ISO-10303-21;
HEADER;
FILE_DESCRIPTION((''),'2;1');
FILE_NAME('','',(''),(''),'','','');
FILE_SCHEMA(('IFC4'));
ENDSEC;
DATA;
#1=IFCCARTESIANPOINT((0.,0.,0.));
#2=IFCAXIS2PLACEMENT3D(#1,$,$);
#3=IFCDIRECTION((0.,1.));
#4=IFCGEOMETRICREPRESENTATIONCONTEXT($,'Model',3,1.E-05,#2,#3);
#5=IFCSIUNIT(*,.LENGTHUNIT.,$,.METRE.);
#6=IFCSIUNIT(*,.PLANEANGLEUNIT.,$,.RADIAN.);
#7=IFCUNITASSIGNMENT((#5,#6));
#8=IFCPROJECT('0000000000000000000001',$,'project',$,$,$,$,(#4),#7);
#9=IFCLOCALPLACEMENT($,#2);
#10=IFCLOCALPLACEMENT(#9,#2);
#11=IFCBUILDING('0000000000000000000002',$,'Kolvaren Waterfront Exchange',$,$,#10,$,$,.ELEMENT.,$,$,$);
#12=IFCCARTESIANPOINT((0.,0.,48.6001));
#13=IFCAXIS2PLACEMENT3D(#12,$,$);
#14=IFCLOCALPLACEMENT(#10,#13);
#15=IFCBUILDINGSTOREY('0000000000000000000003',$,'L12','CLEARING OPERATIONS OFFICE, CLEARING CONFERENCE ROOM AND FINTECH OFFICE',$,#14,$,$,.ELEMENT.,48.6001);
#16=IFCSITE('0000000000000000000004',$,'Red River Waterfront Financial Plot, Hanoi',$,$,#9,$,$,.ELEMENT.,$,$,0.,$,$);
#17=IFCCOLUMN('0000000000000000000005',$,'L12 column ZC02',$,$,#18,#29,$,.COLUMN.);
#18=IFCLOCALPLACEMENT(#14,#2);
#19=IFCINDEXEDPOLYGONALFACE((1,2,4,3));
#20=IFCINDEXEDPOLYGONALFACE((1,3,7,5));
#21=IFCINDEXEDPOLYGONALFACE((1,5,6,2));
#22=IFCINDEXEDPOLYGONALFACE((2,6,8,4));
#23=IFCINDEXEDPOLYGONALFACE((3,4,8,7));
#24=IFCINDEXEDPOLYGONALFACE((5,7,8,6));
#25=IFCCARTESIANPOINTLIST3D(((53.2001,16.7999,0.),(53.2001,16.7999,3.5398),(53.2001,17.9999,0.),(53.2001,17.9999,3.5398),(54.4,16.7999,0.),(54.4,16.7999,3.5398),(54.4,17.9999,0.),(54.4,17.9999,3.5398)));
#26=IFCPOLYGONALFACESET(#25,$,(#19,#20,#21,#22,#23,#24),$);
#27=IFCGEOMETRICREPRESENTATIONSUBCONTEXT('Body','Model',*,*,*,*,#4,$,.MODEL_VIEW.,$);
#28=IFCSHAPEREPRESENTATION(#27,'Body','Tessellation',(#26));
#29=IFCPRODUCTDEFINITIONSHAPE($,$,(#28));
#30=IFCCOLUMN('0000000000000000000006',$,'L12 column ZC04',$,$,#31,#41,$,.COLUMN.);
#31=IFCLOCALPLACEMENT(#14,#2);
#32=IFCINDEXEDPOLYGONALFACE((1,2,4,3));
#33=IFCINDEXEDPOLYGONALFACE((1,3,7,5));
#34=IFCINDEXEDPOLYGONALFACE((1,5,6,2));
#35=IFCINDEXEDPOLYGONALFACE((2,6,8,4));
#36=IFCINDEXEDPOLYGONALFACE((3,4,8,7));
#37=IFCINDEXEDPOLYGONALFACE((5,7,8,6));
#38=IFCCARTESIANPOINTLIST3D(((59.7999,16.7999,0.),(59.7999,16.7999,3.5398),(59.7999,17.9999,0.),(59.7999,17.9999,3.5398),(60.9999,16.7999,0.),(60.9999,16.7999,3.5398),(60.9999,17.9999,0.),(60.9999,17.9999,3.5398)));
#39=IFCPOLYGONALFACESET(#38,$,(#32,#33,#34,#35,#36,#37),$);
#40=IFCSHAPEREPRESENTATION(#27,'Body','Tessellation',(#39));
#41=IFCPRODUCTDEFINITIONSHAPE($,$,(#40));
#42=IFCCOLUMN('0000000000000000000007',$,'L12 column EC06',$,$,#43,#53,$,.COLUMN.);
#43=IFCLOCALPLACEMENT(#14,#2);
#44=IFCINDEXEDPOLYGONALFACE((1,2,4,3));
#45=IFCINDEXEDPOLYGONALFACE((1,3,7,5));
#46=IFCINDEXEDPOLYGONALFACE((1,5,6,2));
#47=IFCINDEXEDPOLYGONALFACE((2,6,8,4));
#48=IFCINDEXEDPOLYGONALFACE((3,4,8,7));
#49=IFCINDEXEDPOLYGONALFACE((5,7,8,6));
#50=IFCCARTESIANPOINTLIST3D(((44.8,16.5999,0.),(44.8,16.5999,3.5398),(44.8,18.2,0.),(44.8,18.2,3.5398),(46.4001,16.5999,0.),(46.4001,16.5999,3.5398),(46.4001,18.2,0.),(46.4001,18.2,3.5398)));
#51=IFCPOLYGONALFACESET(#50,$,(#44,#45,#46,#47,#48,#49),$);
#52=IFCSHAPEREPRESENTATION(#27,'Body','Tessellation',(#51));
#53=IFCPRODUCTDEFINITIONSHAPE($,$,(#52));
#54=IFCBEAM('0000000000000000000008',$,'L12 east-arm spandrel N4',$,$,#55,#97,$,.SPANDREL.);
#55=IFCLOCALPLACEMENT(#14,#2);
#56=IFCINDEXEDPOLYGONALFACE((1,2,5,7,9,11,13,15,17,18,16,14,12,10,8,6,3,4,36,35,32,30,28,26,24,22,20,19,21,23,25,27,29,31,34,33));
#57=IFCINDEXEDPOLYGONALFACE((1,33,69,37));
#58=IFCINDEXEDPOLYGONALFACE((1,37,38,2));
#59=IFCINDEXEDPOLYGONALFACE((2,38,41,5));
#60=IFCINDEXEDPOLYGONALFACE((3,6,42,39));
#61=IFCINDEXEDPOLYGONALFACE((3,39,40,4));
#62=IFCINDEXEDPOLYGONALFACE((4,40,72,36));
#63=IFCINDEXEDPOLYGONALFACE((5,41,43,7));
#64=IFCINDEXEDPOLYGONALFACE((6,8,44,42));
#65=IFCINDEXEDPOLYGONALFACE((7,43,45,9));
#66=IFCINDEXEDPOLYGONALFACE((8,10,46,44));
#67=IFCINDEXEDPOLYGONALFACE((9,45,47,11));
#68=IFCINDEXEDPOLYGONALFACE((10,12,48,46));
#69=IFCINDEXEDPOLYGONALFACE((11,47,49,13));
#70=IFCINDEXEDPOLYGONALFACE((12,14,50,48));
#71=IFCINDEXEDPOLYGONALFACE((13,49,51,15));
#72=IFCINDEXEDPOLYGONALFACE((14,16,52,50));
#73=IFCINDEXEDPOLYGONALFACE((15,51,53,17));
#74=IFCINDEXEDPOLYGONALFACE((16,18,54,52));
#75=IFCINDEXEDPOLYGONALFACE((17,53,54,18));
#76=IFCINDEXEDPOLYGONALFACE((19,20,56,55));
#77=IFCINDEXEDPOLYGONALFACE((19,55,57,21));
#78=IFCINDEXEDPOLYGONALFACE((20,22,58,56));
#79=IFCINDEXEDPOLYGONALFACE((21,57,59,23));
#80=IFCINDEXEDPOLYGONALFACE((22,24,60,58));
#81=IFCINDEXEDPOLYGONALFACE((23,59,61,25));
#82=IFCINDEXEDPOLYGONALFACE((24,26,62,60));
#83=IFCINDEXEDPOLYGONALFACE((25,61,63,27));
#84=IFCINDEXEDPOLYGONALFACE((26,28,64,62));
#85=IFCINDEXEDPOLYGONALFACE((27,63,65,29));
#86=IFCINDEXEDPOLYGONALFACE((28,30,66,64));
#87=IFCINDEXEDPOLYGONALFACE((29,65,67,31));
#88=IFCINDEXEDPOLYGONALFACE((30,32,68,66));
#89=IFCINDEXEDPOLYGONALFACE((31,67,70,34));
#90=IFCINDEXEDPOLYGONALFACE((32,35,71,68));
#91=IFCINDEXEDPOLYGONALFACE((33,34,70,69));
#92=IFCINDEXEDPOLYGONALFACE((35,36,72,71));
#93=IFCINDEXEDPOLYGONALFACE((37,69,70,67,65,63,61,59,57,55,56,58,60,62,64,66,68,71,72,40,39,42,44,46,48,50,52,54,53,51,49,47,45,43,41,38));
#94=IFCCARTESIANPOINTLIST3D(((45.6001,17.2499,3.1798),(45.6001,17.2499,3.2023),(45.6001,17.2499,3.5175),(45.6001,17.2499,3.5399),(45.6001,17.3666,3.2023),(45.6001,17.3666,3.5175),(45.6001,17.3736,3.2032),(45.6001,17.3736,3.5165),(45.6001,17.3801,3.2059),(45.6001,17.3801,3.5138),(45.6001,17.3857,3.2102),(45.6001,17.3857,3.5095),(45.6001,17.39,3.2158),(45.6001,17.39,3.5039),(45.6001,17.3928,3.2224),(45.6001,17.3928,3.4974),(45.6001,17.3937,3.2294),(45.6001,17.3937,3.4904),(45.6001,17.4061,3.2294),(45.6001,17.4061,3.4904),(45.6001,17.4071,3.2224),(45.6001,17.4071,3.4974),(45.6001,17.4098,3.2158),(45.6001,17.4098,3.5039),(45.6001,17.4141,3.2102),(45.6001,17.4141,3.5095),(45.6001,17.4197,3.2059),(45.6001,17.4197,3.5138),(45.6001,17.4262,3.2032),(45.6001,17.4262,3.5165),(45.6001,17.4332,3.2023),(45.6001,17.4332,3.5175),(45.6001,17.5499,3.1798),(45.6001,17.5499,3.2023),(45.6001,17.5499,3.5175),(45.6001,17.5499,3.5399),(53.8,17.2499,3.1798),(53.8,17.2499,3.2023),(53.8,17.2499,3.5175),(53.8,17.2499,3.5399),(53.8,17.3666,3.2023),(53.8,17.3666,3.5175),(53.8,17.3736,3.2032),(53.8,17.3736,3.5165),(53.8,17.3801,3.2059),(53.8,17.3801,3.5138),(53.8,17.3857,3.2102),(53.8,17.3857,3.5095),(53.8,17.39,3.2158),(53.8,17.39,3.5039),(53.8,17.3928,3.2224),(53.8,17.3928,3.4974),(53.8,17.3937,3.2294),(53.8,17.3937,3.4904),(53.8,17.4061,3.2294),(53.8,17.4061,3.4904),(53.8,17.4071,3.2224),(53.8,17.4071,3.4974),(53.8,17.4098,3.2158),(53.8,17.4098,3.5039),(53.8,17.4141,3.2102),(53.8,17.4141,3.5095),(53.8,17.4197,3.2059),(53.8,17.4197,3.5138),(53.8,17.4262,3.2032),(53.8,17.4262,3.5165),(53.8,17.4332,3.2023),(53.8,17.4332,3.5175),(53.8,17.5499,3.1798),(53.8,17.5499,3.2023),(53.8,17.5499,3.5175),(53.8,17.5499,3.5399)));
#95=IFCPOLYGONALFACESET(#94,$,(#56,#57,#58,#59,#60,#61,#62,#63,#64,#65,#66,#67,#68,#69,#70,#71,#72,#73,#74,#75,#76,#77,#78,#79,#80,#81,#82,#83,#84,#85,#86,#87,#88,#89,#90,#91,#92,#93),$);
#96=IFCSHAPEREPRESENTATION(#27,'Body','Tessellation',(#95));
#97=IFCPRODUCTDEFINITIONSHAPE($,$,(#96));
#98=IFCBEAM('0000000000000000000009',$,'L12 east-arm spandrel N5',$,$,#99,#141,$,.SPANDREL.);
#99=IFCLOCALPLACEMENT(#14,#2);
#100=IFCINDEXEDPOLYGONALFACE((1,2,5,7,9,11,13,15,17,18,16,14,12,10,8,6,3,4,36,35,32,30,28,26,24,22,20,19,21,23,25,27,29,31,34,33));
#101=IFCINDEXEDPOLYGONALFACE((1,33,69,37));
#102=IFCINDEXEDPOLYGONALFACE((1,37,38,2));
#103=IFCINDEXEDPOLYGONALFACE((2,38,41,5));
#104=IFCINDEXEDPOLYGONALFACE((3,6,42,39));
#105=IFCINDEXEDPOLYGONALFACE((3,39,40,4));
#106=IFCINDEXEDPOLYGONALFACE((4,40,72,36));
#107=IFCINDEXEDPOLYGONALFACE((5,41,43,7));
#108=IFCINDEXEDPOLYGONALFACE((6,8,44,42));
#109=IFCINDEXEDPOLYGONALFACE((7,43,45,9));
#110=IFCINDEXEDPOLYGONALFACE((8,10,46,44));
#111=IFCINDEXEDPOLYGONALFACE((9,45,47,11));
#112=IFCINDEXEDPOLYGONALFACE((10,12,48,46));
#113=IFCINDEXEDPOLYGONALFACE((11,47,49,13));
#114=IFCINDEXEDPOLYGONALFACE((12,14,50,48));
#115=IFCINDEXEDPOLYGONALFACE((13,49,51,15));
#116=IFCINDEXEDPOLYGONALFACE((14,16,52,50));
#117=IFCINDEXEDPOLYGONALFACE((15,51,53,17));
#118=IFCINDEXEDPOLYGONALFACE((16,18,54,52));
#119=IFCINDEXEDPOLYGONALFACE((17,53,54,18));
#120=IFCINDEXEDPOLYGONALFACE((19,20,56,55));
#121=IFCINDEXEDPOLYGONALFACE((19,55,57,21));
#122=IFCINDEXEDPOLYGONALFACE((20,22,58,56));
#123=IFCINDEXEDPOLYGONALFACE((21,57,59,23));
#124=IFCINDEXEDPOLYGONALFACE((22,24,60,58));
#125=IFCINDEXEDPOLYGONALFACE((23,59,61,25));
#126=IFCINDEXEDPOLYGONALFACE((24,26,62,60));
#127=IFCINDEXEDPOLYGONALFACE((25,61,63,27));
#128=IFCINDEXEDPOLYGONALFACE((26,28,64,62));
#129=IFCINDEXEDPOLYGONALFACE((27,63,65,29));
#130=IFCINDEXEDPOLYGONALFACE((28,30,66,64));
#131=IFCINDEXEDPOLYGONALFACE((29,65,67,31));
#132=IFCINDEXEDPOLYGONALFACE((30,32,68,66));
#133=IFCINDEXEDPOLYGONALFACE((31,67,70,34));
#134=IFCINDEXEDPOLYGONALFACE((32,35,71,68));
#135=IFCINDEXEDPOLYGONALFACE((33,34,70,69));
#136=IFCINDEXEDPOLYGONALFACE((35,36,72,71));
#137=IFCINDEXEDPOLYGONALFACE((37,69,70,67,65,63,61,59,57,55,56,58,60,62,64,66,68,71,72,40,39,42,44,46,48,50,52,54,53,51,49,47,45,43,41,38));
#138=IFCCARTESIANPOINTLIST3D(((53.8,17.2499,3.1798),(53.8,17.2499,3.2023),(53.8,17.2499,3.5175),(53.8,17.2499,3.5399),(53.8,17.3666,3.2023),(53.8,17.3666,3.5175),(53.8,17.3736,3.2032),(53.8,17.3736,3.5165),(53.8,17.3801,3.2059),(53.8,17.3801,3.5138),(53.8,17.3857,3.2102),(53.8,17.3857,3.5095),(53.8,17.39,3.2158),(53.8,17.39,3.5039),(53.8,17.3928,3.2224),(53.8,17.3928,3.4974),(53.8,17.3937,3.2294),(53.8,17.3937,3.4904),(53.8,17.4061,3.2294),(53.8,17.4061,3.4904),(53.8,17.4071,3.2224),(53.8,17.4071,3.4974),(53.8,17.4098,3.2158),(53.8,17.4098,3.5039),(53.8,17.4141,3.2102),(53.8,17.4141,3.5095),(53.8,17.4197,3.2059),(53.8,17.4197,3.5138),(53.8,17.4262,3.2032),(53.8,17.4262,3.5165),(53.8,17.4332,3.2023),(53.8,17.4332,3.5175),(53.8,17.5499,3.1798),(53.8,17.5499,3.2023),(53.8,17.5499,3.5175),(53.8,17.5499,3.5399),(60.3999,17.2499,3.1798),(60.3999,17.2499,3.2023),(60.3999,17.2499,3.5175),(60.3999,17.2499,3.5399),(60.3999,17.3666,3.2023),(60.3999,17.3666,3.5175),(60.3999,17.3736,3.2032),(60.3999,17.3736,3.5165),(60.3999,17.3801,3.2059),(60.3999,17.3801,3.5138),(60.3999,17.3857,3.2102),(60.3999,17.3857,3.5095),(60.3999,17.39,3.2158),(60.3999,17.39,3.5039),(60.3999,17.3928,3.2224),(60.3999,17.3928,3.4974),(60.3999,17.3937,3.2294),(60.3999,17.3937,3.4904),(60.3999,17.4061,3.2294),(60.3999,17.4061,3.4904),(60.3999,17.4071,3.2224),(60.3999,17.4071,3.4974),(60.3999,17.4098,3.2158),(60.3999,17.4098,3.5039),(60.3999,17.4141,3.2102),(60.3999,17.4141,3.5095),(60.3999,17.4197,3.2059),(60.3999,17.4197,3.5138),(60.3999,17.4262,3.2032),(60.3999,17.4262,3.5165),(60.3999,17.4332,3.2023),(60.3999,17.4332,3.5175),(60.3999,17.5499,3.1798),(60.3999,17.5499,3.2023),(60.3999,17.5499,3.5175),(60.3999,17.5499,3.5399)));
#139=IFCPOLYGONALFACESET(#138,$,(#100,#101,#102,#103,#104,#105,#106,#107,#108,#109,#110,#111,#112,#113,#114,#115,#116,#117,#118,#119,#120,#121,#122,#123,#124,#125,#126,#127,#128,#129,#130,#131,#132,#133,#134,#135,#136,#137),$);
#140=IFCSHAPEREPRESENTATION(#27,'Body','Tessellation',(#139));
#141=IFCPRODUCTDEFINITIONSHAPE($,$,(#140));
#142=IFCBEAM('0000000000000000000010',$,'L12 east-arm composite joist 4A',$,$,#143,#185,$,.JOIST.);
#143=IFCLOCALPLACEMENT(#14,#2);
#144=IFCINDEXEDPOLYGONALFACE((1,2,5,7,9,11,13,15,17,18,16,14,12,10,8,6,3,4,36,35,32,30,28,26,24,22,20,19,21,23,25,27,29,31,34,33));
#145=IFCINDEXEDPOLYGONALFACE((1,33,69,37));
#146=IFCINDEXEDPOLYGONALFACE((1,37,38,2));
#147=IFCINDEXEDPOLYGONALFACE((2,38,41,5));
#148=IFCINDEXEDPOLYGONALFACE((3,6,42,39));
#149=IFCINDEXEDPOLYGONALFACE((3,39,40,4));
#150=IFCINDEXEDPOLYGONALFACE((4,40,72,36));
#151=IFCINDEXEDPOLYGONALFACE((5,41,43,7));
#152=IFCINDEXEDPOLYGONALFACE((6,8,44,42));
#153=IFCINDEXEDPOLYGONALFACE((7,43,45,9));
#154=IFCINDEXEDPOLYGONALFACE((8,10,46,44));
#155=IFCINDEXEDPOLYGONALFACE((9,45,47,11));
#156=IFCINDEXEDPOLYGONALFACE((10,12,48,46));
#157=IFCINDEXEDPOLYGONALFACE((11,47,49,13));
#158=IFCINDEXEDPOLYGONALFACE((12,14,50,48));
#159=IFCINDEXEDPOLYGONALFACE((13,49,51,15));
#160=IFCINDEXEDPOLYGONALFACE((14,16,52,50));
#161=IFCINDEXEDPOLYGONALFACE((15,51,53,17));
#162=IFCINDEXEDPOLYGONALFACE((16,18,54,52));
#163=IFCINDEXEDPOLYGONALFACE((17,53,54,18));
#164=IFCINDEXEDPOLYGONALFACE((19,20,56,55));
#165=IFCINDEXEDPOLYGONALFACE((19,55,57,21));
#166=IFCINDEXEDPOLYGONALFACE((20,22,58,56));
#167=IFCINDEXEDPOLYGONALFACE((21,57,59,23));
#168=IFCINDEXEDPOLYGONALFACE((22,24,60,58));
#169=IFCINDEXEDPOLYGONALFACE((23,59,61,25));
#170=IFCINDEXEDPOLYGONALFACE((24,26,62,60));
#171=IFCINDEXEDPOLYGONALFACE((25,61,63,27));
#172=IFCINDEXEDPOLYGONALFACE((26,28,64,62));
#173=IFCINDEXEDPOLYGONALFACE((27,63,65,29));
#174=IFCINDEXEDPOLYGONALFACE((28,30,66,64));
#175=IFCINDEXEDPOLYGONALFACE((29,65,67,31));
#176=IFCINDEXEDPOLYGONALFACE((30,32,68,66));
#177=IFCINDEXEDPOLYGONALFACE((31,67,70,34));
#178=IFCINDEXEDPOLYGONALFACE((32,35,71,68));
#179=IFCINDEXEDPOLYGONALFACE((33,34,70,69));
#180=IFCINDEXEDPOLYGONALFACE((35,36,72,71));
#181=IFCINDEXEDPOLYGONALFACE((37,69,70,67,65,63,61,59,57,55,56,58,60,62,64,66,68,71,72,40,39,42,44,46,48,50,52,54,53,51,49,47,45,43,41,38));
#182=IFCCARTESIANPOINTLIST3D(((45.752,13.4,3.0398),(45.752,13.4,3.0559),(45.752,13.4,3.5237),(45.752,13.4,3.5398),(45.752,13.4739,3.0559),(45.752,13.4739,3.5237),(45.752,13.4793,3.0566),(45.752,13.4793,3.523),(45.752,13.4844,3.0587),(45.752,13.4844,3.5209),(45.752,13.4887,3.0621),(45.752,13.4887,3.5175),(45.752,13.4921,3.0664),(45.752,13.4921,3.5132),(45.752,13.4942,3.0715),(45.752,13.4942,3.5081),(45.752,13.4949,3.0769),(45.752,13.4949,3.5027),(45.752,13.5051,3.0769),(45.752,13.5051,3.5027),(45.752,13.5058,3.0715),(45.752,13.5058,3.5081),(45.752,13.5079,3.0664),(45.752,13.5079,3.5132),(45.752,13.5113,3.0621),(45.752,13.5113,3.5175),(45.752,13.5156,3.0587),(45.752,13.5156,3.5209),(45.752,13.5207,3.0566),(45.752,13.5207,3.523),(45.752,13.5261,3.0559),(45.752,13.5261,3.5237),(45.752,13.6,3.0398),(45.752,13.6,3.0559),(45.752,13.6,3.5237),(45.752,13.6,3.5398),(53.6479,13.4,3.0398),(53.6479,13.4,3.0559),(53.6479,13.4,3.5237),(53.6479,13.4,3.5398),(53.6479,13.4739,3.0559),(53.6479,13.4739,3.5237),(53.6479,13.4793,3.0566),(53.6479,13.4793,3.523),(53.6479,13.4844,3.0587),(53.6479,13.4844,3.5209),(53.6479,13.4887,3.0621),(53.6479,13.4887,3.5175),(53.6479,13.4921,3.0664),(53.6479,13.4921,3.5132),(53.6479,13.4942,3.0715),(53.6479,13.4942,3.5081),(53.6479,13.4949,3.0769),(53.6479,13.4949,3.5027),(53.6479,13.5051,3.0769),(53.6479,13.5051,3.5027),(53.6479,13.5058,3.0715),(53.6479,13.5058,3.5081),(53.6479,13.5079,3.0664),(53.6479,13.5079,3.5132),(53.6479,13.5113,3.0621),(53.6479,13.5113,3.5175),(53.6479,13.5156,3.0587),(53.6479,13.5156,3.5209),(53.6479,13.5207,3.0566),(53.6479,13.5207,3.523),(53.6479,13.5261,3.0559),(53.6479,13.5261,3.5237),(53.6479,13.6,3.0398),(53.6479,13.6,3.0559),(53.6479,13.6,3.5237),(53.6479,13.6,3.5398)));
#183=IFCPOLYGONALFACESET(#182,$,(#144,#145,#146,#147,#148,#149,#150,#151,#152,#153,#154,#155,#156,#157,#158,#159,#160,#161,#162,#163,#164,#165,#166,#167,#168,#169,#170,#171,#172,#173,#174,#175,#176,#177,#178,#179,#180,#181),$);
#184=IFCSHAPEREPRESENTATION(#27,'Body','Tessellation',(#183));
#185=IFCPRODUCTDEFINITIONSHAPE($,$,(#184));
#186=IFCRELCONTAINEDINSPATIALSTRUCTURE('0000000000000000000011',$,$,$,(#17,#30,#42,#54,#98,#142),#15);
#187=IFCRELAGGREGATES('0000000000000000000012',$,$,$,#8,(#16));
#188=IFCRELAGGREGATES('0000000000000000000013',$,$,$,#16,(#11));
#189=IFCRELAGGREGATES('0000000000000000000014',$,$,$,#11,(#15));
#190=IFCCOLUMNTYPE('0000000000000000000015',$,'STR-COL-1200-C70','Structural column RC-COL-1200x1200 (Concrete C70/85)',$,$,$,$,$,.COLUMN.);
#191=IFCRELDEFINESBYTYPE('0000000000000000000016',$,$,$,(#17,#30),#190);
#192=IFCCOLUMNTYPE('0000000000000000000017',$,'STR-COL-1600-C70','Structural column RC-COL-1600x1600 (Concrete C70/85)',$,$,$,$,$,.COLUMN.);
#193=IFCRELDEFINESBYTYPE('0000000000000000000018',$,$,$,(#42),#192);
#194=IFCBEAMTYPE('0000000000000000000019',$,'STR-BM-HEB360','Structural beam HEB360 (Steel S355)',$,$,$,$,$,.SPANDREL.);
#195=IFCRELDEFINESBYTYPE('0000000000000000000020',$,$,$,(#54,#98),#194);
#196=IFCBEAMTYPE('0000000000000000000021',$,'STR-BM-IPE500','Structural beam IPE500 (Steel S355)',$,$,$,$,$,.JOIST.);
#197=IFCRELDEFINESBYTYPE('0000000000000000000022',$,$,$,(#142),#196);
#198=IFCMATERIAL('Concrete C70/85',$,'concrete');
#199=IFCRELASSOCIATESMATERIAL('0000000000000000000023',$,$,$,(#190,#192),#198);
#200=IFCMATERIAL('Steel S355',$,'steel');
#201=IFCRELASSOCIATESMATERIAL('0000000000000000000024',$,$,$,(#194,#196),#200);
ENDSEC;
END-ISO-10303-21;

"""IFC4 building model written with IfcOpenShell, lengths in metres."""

from ifc_helpers import new_model, si_unit, direction, frame, origin, origin_2d, place, context, subcontext, project, spatial, rectangle, i_section, extrude, material, material_profile, profile_set, type_object, element, save


model = new_model("IFC4")

# Units and contexts
model_context = context("Model", 3, precision=1e-05, world=origin(), true_north=direction((0.0, 1.0)))
body_context = subcontext(model_context, "Body", "Model", "MODEL_VIEW")
ifc_project = project(units=[si_unit("LENGTHUNIT", "METRE"), si_unit("PLANEANGLEUNIT", "RADIAN")], contexts=[model_context])

# Site, building, storey
site_placement = place(None, origin())
site = spatial("IfcSite", under=ifc_project, at=site_placement, Name="Red River Waterfront Financial Plot, Hanoi", CompositionType="ELEMENT", RefElevation=0.0)
building_placement = place(site_placement, origin())
building = spatial("IfcBuilding", under=site, at=building_placement, Name="Kolvaren Waterfront Exchange", CompositionType="ELEMENT")
storey_placement = place(building_placement, frame((0.0, 0.0, 48.6001)))
storey = spatial("IfcBuildingStorey", under=building, at=storey_placement, Name="L12", Description="CLEARING OPERATIONS OFFICE, CLEARING CONFERENCE ROOM AND FINTECH OFFICE", CompositionType="ELEMENT", Elevation=48.6001)

# Columns
ifc_material_1 = material(Name="Concrete C70/85", Category="concrete")
ifc_material_profile_1 = material_profile(ifc_material_1, rectangle(XDim=1.2, YDim=1.2, at=origin_2d()), Name="RC-COL-1200x1200")
ifc_profile_set_1 = profile_set([ifc_material_profile_1], Name="Concrete C70/85")
column_type_1 = type_object("IfcColumnType", Name="STR-COL-1200-C70", Description="Structural column RC-COL-1200x1200 (Concrete C70/85)", PredefinedType="COLUMN", material=ifc_profile_set_1)
for number, where, z_axis, x_axis, name in (
    (1, (53.8, 17.3999, 0.0), (0.0, 0.0, 1.0), (1.0, 0.0, 0.0), "L12 column ZC02"),
    (2, (60.3999, 17.3999, 0.0), (0.0, 0.0, 1.0), (1.0, 0.0, 0.0), "L12 column ZC04"),
):
    element("IfcColumn", number, at=place(storey_placement, frame(where, z_axis=z_axis, x_axis=x_axis)), inside=storey, type_object=column_type_1, Name=name, PredefinedType="COLUMN", context=body_context, shape_type="SweptSolid", body=[
        extrude(rectangle(XDim=1.2, YDim=1.2, at=origin_2d()), origin(), (0.0, 0.0, 1.0), 3.5398),
    ])
ifc_material_profile_2 = material_profile(ifc_material_1, rectangle(XDim=1.6001, YDim=1.6001, at=origin_2d()), Name="RC-COL-1600x1600")
ifc_profile_set_2 = profile_set([ifc_material_profile_2], Name="Concrete C70/85")
column_type_2 = type_object("IfcColumnType", Name="STR-COL-1600-C70", Description="Structural column RC-COL-1600x1600 (Concrete C70/85)", PredefinedType="COLUMN", material=ifc_profile_set_2)
column_placement = place(storey_placement, frame((45.6001, 17.3999, 0.0), z_axis=(0.0, 0.0, 1.0), x_axis=(1.0, 0.0, 0.0)))
element("IfcColumn", 3, at=column_placement, inside=storey, type_object=column_type_2, Name="L12 column EC06", PredefinedType="COLUMN", context=body_context, shape_type="SweptSolid", body=[
    extrude(rectangle(XDim=1.6001, YDim=1.6001, at=origin_2d()), origin(), (0.0, 0.0, 1.0), 3.5398),
])

# Beams
ifc_material_2 = material(Name="Steel S355", Category="steel")
ifc_material_profile_3 = material_profile(ifc_material_2, i_section(OverallWidth=0.3, OverallDepth=0.3601, WebThickness=0.0125, FlangeThickness=0.0225, FilletRadius=0.0271, at=origin_2d()), Name="HEB360")
ifc_profile_set_3 = profile_set([ifc_material_profile_3], Name="Steel S355")
beam_type_1 = type_object("IfcBeamType", Name="STR-BM-HEB360", Description="Structural beam HEB360 (Steel S355)", PredefinedType="SPANDREL", material=ifc_profile_set_3)
beam_1_placement = place(storey_placement, frame((45.6001, 17.3999, 3.3599), z_axis=(1.0, 0.0, 0.0), x_axis=(0.0, 1.0, 0.0)))
element("IfcBeam", 4, at=beam_1_placement, inside=storey, type_object=beam_type_1, Name="L12 east-arm spandrel N4", PredefinedType="SPANDREL", context=body_context, shape_type="SweptSolid", body=[
    extrude(i_section(OverallWidth=0.3, OverallDepth=0.3601, WebThickness=0.0125, FlangeThickness=0.0225, FilletRadius=0.0271, at=origin_2d()), origin(), (0.0, 0.0, 1.0), 8.2),
])
beam_2_placement = place(storey_placement, frame((53.8, 17.3999, 3.3599), z_axis=(1.0, 0.0, 0.0), x_axis=(0.0, 1.0, 0.0)))
element("IfcBeam", 5, at=beam_2_placement, inside=storey, type_object=beam_type_1, Name="L12 east-arm spandrel N5", PredefinedType="SPANDREL", context=body_context, shape_type="SweptSolid", body=[
    extrude(i_section(OverallWidth=0.3, OverallDepth=0.3601, WebThickness=0.0125, FlangeThickness=0.0225, FilletRadius=0.0271, at=origin_2d()), origin(), (0.0, 0.0, 1.0), 6.5999),
])
ifc_material_profile_4 = material_profile(ifc_material_2, i_section(OverallWidth=0.2, OverallDepth=0.5, WebThickness=0.0103, FlangeThickness=0.0161, FilletRadius=0.021, at=origin_2d()), Name="IPE500")
ifc_profile_set_4 = profile_set([ifc_material_profile_4], Name="Steel S355")
beam_type_2 = type_object("IfcBeamType", Name="STR-BM-IPE500", Description="Structural beam IPE500 (Steel S355)", PredefinedType="JOIST", material=ifc_profile_set_4)
for number, where, z_axis, x_axis, name in (
    (6, (45.752, 13.5, 3.2898), (1.0, 0.0, 0.0), (0.0, 1.0, 0.0), "L12 east-arm composite joist 4A"),
):
    element("IfcBeam", number, at=place(storey_placement, frame(where, z_axis=z_axis, x_axis=x_axis)), inside=storey, type_object=beam_type_2, Name=name, PredefinedType="JOIST", context=body_context, shape_type="SweptSolid", body=[
        extrude(i_section(OverallWidth=0.2, OverallDepth=0.5, WebThickness=0.0103, FlangeThickness=0.0161, FilletRadius=0.021, at=origin_2d()), origin(), (0.0, 0.0, 1.0), 7.896),
    ])

save(model, "model.ifc")
